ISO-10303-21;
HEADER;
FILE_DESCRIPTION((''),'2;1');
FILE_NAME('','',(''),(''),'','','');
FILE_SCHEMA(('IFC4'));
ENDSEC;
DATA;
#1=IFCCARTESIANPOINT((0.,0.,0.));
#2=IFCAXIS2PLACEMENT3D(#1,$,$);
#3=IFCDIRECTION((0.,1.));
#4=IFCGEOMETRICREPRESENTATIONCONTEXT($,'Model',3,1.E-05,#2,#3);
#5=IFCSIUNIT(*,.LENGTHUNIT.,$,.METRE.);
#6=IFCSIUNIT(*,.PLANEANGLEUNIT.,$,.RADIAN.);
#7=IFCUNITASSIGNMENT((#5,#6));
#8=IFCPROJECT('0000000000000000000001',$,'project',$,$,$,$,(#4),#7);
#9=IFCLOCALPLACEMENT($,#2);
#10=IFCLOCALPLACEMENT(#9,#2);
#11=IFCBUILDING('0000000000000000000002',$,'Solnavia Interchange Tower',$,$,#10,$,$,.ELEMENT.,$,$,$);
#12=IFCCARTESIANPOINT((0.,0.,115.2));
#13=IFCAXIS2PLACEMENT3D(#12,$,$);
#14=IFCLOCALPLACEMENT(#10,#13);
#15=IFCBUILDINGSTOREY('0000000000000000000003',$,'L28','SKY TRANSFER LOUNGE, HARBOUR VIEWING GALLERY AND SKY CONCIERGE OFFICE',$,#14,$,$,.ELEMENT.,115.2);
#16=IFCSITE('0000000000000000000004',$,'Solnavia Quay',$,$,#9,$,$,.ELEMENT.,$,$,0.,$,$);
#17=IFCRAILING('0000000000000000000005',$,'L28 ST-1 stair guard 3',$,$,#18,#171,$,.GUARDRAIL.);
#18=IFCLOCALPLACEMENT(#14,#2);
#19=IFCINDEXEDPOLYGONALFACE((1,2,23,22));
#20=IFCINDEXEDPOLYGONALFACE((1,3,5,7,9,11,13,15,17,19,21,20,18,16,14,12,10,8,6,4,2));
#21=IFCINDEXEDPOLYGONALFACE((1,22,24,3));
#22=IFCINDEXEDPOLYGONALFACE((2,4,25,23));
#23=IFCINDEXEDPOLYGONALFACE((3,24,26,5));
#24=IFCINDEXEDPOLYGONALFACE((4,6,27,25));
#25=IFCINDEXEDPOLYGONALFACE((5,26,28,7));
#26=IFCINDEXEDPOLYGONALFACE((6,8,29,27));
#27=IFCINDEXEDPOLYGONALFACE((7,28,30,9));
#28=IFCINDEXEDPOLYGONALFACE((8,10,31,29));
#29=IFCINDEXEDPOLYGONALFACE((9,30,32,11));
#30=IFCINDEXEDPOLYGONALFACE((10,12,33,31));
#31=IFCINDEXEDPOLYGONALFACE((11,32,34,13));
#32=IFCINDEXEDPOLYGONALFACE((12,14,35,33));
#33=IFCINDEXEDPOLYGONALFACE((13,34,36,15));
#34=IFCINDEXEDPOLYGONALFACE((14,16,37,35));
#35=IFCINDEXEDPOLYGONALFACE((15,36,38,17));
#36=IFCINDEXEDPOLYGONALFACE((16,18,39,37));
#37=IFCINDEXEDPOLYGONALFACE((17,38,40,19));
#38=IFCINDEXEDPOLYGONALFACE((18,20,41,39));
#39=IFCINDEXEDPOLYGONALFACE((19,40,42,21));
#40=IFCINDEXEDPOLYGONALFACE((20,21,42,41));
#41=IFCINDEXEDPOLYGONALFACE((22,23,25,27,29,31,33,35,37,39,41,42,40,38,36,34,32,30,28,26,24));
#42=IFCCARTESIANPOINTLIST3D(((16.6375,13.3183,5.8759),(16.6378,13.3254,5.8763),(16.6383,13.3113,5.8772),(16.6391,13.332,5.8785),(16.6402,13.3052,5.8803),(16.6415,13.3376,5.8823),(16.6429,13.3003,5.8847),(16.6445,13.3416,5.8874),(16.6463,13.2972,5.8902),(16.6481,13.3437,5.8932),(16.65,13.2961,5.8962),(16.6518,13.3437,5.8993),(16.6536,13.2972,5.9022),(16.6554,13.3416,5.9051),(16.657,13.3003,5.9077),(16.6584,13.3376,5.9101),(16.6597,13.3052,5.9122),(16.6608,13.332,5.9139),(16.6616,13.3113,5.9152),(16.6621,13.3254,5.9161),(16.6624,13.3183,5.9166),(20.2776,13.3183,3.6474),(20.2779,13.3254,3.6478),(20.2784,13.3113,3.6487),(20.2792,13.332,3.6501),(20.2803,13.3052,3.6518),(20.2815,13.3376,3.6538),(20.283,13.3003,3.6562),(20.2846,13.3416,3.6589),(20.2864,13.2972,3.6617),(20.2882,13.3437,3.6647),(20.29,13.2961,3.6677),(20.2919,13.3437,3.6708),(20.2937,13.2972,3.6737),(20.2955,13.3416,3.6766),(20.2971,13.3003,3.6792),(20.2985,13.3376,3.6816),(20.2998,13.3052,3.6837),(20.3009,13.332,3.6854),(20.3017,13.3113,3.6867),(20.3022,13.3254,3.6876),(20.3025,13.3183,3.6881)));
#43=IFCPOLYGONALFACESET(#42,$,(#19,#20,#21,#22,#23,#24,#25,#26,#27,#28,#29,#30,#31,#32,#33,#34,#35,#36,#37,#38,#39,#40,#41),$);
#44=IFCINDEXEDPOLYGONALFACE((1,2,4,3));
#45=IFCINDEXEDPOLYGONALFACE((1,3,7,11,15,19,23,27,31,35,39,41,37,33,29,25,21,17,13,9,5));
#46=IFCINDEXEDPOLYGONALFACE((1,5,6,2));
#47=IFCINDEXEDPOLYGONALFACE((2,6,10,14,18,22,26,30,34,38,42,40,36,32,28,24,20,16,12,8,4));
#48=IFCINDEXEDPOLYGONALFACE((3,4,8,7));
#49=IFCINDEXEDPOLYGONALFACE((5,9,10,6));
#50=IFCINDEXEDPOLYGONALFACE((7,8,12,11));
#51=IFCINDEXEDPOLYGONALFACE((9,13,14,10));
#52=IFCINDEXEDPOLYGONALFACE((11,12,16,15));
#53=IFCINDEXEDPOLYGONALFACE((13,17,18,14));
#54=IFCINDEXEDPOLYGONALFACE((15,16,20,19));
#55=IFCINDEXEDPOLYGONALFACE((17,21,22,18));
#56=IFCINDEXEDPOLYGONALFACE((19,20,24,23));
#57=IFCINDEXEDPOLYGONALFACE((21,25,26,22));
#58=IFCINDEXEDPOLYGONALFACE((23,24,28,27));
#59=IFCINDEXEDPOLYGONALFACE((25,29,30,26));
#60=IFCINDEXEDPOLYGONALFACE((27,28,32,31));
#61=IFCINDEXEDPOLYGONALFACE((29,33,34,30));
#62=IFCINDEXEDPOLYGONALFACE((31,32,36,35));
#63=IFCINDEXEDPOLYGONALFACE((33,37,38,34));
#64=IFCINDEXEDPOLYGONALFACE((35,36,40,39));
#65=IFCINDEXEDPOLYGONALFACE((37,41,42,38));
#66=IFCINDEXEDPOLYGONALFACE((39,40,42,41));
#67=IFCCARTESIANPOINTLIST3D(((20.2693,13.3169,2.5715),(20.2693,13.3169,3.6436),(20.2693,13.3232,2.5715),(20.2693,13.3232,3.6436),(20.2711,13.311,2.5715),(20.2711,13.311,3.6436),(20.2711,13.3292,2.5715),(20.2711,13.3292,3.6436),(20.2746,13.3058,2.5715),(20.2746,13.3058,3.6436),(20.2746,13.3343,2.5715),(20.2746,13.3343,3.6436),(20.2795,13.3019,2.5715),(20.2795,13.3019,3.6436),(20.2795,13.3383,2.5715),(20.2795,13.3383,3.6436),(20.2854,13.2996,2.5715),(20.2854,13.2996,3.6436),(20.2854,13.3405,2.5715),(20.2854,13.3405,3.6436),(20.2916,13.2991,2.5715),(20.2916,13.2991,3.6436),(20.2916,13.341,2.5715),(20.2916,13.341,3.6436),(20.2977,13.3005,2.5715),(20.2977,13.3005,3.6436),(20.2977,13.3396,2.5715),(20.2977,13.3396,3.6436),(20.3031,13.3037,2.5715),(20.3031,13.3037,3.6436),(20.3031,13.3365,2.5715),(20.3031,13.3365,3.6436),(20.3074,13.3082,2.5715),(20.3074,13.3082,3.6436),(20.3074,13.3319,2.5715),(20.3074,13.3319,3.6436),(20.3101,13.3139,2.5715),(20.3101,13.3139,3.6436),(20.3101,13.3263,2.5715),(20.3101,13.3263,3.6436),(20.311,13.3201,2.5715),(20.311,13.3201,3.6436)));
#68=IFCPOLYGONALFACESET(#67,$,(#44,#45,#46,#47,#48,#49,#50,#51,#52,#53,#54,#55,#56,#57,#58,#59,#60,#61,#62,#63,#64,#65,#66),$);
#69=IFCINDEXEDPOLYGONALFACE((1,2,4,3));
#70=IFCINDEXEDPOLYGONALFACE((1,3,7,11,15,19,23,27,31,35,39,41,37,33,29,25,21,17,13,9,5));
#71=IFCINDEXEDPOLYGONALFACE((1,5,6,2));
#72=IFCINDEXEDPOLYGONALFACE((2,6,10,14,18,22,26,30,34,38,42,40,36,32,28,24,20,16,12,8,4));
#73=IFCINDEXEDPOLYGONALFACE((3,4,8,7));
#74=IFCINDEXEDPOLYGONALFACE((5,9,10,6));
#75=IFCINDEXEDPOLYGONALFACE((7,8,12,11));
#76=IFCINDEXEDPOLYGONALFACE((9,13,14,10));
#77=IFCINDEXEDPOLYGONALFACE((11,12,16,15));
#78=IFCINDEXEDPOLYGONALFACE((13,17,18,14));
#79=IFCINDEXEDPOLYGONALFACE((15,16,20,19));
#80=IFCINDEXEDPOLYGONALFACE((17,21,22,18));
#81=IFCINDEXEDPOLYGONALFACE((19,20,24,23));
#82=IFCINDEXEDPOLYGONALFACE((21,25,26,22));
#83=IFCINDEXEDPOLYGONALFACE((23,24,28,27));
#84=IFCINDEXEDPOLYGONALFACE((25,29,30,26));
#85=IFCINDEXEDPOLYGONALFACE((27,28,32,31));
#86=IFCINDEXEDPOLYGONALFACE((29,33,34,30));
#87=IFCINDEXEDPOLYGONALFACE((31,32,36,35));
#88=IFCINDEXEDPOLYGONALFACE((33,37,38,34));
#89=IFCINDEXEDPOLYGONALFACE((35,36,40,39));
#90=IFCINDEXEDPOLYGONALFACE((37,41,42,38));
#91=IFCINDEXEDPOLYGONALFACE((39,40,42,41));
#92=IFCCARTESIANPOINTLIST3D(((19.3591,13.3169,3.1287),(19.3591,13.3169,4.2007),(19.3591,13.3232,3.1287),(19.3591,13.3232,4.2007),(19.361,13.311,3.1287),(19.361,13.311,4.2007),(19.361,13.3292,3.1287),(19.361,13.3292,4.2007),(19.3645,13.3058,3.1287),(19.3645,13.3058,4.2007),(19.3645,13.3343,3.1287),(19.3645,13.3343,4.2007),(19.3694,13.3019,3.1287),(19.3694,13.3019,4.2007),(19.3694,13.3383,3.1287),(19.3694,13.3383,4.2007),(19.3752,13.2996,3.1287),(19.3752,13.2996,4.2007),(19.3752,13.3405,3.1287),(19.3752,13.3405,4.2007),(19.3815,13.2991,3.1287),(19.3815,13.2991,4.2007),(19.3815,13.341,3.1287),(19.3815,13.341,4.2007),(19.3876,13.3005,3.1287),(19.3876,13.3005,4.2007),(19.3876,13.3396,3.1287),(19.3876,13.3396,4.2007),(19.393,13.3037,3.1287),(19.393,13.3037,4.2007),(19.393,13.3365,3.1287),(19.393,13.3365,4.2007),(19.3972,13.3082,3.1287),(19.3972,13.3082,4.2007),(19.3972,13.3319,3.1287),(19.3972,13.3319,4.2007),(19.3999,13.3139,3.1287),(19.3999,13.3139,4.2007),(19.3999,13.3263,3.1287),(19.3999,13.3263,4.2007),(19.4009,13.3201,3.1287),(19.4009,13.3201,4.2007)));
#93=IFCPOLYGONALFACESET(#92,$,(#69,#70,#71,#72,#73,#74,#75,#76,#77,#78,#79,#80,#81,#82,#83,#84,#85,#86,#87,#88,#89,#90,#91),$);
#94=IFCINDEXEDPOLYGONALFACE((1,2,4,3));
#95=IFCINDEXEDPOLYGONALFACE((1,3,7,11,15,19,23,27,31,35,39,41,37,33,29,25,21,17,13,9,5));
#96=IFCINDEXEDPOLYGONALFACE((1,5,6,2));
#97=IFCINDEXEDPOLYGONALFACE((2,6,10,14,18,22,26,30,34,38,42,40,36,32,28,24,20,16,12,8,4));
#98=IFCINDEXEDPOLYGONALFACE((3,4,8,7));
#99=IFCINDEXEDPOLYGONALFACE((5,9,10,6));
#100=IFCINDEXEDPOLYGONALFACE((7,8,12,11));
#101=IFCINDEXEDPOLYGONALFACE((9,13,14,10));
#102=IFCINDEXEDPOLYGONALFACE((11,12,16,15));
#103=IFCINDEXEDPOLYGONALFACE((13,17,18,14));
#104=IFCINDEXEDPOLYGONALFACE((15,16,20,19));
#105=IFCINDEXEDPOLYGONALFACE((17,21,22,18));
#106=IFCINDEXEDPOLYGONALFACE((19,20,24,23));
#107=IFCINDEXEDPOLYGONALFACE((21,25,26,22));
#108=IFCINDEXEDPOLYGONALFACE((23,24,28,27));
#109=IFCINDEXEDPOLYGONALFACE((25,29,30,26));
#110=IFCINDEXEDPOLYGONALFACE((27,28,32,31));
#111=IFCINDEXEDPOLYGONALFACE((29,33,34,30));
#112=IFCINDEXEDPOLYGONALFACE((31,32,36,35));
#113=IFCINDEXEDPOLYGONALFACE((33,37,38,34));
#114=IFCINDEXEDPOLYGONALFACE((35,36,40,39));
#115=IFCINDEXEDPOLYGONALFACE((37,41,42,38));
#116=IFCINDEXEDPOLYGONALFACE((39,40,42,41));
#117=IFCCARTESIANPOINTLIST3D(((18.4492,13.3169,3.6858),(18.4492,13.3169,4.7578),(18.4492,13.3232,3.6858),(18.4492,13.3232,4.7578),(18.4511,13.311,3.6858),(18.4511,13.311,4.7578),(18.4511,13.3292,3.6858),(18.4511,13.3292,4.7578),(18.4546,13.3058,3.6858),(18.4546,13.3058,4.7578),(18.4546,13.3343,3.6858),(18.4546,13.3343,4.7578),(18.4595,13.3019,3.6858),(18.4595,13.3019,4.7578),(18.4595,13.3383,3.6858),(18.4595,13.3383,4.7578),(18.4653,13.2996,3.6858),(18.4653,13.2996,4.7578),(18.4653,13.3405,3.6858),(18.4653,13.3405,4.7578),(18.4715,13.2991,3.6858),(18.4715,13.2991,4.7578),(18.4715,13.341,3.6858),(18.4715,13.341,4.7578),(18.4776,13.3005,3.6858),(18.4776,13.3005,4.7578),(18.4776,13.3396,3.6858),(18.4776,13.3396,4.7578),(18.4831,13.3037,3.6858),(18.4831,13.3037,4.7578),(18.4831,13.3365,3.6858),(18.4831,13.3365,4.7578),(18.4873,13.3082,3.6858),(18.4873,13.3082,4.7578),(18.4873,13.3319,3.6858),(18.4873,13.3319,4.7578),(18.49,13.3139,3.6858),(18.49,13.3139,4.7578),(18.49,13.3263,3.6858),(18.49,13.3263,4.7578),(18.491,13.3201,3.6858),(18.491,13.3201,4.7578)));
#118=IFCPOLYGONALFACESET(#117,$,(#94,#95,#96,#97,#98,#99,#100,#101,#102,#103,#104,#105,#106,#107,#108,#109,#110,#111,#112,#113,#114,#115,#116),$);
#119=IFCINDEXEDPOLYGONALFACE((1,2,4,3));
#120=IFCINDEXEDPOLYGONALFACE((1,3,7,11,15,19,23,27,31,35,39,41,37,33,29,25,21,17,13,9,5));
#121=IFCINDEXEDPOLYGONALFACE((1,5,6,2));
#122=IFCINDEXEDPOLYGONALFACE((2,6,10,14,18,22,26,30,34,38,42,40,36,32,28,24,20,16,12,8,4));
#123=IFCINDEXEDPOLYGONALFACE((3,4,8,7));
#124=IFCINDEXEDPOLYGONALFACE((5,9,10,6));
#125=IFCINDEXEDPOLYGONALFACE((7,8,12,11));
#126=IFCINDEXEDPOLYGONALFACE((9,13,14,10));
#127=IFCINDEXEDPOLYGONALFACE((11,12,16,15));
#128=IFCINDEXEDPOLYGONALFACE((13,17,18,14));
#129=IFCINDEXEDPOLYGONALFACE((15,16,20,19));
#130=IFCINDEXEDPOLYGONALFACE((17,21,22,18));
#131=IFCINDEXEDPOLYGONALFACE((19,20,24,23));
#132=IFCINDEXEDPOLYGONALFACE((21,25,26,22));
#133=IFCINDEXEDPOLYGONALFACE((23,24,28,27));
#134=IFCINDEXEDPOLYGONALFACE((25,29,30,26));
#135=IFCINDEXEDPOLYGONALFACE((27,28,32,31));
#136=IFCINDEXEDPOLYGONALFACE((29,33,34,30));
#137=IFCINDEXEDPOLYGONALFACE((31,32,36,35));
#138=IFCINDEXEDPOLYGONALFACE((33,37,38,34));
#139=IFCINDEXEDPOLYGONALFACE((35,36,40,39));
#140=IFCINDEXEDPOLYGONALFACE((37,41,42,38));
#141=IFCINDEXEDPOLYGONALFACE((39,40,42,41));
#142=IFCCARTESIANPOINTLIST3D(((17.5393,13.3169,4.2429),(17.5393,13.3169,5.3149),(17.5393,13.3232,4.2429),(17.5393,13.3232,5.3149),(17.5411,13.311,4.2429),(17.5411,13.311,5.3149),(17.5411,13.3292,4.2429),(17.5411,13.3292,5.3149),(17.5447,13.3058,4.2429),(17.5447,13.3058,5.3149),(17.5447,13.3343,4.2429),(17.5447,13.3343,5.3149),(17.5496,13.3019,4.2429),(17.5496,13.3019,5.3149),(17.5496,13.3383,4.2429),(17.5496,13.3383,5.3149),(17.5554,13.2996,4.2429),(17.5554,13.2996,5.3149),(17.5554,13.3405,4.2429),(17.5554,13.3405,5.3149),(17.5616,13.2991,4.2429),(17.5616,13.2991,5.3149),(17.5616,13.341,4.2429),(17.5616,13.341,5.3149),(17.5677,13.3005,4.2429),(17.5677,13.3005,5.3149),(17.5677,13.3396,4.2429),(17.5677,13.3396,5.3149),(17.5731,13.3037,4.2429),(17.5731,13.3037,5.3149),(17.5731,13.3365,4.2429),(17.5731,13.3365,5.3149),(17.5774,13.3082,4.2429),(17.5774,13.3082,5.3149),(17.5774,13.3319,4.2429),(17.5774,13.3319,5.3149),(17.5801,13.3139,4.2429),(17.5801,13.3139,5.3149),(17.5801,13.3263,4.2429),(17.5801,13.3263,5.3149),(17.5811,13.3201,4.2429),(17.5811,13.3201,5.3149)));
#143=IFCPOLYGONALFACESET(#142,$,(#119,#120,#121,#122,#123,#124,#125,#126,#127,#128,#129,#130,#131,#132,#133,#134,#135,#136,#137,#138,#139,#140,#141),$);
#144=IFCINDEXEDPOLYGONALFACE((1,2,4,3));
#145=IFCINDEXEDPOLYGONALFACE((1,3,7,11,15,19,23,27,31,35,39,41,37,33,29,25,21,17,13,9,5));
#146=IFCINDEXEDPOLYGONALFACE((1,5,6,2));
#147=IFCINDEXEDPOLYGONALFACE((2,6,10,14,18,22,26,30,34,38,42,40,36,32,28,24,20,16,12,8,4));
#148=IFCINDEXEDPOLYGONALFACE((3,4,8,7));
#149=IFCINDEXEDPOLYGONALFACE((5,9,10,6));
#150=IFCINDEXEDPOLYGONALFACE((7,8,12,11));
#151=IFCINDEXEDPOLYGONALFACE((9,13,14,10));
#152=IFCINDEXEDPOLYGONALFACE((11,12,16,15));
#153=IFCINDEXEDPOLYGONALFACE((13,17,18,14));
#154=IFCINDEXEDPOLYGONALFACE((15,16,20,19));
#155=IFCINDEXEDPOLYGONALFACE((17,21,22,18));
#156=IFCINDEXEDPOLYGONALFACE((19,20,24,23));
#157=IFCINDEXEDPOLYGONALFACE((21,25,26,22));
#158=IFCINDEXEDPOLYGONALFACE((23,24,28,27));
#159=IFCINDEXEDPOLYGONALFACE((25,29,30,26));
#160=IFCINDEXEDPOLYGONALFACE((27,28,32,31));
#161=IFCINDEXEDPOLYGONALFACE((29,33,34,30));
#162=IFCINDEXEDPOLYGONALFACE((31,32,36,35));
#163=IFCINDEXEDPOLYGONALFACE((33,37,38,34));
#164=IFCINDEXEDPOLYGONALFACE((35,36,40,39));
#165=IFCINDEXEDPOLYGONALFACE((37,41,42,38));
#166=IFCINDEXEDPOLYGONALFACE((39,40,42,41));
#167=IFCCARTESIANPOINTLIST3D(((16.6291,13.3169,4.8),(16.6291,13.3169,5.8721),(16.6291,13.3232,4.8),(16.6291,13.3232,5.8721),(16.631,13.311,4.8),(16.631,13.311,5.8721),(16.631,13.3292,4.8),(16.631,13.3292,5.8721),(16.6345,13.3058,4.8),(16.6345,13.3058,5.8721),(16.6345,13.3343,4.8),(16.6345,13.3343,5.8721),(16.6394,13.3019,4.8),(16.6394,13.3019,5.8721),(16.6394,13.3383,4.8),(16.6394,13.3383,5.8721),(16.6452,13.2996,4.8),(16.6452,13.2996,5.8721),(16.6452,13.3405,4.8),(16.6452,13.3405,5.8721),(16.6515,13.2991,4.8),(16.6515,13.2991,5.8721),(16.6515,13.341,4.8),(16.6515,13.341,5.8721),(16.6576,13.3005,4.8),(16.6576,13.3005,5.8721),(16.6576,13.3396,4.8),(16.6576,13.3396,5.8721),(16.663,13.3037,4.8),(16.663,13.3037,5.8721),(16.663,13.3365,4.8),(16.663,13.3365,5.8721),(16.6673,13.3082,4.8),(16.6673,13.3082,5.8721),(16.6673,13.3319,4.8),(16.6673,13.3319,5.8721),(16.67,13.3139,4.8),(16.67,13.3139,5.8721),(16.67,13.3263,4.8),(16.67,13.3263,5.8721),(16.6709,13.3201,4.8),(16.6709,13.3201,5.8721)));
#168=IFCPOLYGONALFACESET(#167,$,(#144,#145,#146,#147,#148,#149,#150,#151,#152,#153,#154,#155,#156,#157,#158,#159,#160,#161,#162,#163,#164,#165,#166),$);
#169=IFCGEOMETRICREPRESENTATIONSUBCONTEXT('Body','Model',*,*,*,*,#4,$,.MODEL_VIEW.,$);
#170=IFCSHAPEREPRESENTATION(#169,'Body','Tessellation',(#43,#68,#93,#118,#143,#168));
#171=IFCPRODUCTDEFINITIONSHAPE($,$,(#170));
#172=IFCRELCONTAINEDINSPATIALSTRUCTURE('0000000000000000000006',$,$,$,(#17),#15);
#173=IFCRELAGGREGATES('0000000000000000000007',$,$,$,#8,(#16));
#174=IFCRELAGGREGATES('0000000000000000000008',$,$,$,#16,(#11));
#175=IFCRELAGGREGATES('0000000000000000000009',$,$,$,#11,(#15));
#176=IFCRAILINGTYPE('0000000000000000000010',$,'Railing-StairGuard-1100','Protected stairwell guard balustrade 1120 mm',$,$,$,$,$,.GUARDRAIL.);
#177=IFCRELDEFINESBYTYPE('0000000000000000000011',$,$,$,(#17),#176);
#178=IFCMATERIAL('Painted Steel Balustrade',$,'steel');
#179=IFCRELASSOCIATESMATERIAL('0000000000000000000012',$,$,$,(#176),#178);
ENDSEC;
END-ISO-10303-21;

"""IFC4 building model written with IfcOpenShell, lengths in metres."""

from ifc_helpers import new_model, si_unit, direction, frame, origin, origin_2d, place, context, subcontext, project, spatial, circle, extrude, material, type_object, element, save


model = new_model("IFC4")

# Units and contexts
model_context = context("Model", 3, precision=1e-05, world=origin(), true_north=direction((0.0, 1.0)))
body_context = subcontext(model_context, "Body", "Model", "MODEL_VIEW")
ifc_project = project(units=[si_unit("LENGTHUNIT", "METRE"), si_unit("PLANEANGLEUNIT", "RADIAN")], contexts=[model_context])

# Site, building, storey
site_placement = place(None, origin())
site = spatial("IfcSite", under=ifc_project, at=site_placement, Name="Solnavia Quay", CompositionType="ELEMENT", RefElevation=0.0)
building_placement = place(site_placement, origin())
building = spatial("IfcBuilding", under=site, at=building_placement, Name="Solnavia Interchange Tower", CompositionType="ELEMENT")
storey_placement = place(building_placement, frame((0.0, 0.0, 115.2)))
storey = spatial("IfcBuildingStorey", under=building, at=storey_placement, Name="L28", Description="SKY TRANSFER LOUNGE, HARBOUR VIEWING GALLERY AND SKY CONCIERGE OFFICE", CompositionType="ELEMENT", Elevation=115.2)

# Railing
ifc_material_1 = material(Name="Painted Steel Balustrade", Category="steel")
railing_type_1 = type_object("IfcRailingType", Name="Railing-StairGuard-1100", Description="Protected stairwell guard balustrade 1120 mm", PredefinedType="GUARDRAIL", material=ifc_material_1)
railing_1_placement = place(storey_placement, frame((20.29, 13.3201, 2.5715)))
element("IfcRailing", 1, at=railing_1_placement, inside=storey, type_object=railing_type_1, Name="L28 ST-1 stair guard 3", PredefinedType="GUARDRAIL", context=body_context, shape_type="SweptSolid", body=[
    extrude(circle(Radius=0.0239, at=origin_2d()), frame((0.0, 0.0, 1.0962), z_axis=(-0.852866, 0.0, 0.52213), x_axis=(0.0, -1.0, 0.0)), (0.0, 0.0, 1.0), 4.2681),
    extrude(circle(Radius=0.021, at=origin_2d()), origin(), (0.0, 0.0, 1.0), 1.072),
    extrude(circle(Radius=0.021, at=origin_2d()), frame((-0.9102, 0.0, 0.5571)), (0.0, 0.0, 1.0), 1.072),
    extrude(circle(Radius=0.021, at=origin_2d()), frame((-1.8201, 0.0, 1.1143)), (0.0, 0.0, 1.0), 1.072),
    extrude(circle(Radius=0.021, at=origin_2d()), frame((-2.73, 0.0, 1.6714)), (0.0, 0.0, 1.0), 1.072),
    extrude(circle(Radius=0.021, at=origin_2d()), frame((-3.6401, 0.0, 2.2285)), (0.0, 0.0, 1.0), 1.072),
])

save(model, "model.ifc")
